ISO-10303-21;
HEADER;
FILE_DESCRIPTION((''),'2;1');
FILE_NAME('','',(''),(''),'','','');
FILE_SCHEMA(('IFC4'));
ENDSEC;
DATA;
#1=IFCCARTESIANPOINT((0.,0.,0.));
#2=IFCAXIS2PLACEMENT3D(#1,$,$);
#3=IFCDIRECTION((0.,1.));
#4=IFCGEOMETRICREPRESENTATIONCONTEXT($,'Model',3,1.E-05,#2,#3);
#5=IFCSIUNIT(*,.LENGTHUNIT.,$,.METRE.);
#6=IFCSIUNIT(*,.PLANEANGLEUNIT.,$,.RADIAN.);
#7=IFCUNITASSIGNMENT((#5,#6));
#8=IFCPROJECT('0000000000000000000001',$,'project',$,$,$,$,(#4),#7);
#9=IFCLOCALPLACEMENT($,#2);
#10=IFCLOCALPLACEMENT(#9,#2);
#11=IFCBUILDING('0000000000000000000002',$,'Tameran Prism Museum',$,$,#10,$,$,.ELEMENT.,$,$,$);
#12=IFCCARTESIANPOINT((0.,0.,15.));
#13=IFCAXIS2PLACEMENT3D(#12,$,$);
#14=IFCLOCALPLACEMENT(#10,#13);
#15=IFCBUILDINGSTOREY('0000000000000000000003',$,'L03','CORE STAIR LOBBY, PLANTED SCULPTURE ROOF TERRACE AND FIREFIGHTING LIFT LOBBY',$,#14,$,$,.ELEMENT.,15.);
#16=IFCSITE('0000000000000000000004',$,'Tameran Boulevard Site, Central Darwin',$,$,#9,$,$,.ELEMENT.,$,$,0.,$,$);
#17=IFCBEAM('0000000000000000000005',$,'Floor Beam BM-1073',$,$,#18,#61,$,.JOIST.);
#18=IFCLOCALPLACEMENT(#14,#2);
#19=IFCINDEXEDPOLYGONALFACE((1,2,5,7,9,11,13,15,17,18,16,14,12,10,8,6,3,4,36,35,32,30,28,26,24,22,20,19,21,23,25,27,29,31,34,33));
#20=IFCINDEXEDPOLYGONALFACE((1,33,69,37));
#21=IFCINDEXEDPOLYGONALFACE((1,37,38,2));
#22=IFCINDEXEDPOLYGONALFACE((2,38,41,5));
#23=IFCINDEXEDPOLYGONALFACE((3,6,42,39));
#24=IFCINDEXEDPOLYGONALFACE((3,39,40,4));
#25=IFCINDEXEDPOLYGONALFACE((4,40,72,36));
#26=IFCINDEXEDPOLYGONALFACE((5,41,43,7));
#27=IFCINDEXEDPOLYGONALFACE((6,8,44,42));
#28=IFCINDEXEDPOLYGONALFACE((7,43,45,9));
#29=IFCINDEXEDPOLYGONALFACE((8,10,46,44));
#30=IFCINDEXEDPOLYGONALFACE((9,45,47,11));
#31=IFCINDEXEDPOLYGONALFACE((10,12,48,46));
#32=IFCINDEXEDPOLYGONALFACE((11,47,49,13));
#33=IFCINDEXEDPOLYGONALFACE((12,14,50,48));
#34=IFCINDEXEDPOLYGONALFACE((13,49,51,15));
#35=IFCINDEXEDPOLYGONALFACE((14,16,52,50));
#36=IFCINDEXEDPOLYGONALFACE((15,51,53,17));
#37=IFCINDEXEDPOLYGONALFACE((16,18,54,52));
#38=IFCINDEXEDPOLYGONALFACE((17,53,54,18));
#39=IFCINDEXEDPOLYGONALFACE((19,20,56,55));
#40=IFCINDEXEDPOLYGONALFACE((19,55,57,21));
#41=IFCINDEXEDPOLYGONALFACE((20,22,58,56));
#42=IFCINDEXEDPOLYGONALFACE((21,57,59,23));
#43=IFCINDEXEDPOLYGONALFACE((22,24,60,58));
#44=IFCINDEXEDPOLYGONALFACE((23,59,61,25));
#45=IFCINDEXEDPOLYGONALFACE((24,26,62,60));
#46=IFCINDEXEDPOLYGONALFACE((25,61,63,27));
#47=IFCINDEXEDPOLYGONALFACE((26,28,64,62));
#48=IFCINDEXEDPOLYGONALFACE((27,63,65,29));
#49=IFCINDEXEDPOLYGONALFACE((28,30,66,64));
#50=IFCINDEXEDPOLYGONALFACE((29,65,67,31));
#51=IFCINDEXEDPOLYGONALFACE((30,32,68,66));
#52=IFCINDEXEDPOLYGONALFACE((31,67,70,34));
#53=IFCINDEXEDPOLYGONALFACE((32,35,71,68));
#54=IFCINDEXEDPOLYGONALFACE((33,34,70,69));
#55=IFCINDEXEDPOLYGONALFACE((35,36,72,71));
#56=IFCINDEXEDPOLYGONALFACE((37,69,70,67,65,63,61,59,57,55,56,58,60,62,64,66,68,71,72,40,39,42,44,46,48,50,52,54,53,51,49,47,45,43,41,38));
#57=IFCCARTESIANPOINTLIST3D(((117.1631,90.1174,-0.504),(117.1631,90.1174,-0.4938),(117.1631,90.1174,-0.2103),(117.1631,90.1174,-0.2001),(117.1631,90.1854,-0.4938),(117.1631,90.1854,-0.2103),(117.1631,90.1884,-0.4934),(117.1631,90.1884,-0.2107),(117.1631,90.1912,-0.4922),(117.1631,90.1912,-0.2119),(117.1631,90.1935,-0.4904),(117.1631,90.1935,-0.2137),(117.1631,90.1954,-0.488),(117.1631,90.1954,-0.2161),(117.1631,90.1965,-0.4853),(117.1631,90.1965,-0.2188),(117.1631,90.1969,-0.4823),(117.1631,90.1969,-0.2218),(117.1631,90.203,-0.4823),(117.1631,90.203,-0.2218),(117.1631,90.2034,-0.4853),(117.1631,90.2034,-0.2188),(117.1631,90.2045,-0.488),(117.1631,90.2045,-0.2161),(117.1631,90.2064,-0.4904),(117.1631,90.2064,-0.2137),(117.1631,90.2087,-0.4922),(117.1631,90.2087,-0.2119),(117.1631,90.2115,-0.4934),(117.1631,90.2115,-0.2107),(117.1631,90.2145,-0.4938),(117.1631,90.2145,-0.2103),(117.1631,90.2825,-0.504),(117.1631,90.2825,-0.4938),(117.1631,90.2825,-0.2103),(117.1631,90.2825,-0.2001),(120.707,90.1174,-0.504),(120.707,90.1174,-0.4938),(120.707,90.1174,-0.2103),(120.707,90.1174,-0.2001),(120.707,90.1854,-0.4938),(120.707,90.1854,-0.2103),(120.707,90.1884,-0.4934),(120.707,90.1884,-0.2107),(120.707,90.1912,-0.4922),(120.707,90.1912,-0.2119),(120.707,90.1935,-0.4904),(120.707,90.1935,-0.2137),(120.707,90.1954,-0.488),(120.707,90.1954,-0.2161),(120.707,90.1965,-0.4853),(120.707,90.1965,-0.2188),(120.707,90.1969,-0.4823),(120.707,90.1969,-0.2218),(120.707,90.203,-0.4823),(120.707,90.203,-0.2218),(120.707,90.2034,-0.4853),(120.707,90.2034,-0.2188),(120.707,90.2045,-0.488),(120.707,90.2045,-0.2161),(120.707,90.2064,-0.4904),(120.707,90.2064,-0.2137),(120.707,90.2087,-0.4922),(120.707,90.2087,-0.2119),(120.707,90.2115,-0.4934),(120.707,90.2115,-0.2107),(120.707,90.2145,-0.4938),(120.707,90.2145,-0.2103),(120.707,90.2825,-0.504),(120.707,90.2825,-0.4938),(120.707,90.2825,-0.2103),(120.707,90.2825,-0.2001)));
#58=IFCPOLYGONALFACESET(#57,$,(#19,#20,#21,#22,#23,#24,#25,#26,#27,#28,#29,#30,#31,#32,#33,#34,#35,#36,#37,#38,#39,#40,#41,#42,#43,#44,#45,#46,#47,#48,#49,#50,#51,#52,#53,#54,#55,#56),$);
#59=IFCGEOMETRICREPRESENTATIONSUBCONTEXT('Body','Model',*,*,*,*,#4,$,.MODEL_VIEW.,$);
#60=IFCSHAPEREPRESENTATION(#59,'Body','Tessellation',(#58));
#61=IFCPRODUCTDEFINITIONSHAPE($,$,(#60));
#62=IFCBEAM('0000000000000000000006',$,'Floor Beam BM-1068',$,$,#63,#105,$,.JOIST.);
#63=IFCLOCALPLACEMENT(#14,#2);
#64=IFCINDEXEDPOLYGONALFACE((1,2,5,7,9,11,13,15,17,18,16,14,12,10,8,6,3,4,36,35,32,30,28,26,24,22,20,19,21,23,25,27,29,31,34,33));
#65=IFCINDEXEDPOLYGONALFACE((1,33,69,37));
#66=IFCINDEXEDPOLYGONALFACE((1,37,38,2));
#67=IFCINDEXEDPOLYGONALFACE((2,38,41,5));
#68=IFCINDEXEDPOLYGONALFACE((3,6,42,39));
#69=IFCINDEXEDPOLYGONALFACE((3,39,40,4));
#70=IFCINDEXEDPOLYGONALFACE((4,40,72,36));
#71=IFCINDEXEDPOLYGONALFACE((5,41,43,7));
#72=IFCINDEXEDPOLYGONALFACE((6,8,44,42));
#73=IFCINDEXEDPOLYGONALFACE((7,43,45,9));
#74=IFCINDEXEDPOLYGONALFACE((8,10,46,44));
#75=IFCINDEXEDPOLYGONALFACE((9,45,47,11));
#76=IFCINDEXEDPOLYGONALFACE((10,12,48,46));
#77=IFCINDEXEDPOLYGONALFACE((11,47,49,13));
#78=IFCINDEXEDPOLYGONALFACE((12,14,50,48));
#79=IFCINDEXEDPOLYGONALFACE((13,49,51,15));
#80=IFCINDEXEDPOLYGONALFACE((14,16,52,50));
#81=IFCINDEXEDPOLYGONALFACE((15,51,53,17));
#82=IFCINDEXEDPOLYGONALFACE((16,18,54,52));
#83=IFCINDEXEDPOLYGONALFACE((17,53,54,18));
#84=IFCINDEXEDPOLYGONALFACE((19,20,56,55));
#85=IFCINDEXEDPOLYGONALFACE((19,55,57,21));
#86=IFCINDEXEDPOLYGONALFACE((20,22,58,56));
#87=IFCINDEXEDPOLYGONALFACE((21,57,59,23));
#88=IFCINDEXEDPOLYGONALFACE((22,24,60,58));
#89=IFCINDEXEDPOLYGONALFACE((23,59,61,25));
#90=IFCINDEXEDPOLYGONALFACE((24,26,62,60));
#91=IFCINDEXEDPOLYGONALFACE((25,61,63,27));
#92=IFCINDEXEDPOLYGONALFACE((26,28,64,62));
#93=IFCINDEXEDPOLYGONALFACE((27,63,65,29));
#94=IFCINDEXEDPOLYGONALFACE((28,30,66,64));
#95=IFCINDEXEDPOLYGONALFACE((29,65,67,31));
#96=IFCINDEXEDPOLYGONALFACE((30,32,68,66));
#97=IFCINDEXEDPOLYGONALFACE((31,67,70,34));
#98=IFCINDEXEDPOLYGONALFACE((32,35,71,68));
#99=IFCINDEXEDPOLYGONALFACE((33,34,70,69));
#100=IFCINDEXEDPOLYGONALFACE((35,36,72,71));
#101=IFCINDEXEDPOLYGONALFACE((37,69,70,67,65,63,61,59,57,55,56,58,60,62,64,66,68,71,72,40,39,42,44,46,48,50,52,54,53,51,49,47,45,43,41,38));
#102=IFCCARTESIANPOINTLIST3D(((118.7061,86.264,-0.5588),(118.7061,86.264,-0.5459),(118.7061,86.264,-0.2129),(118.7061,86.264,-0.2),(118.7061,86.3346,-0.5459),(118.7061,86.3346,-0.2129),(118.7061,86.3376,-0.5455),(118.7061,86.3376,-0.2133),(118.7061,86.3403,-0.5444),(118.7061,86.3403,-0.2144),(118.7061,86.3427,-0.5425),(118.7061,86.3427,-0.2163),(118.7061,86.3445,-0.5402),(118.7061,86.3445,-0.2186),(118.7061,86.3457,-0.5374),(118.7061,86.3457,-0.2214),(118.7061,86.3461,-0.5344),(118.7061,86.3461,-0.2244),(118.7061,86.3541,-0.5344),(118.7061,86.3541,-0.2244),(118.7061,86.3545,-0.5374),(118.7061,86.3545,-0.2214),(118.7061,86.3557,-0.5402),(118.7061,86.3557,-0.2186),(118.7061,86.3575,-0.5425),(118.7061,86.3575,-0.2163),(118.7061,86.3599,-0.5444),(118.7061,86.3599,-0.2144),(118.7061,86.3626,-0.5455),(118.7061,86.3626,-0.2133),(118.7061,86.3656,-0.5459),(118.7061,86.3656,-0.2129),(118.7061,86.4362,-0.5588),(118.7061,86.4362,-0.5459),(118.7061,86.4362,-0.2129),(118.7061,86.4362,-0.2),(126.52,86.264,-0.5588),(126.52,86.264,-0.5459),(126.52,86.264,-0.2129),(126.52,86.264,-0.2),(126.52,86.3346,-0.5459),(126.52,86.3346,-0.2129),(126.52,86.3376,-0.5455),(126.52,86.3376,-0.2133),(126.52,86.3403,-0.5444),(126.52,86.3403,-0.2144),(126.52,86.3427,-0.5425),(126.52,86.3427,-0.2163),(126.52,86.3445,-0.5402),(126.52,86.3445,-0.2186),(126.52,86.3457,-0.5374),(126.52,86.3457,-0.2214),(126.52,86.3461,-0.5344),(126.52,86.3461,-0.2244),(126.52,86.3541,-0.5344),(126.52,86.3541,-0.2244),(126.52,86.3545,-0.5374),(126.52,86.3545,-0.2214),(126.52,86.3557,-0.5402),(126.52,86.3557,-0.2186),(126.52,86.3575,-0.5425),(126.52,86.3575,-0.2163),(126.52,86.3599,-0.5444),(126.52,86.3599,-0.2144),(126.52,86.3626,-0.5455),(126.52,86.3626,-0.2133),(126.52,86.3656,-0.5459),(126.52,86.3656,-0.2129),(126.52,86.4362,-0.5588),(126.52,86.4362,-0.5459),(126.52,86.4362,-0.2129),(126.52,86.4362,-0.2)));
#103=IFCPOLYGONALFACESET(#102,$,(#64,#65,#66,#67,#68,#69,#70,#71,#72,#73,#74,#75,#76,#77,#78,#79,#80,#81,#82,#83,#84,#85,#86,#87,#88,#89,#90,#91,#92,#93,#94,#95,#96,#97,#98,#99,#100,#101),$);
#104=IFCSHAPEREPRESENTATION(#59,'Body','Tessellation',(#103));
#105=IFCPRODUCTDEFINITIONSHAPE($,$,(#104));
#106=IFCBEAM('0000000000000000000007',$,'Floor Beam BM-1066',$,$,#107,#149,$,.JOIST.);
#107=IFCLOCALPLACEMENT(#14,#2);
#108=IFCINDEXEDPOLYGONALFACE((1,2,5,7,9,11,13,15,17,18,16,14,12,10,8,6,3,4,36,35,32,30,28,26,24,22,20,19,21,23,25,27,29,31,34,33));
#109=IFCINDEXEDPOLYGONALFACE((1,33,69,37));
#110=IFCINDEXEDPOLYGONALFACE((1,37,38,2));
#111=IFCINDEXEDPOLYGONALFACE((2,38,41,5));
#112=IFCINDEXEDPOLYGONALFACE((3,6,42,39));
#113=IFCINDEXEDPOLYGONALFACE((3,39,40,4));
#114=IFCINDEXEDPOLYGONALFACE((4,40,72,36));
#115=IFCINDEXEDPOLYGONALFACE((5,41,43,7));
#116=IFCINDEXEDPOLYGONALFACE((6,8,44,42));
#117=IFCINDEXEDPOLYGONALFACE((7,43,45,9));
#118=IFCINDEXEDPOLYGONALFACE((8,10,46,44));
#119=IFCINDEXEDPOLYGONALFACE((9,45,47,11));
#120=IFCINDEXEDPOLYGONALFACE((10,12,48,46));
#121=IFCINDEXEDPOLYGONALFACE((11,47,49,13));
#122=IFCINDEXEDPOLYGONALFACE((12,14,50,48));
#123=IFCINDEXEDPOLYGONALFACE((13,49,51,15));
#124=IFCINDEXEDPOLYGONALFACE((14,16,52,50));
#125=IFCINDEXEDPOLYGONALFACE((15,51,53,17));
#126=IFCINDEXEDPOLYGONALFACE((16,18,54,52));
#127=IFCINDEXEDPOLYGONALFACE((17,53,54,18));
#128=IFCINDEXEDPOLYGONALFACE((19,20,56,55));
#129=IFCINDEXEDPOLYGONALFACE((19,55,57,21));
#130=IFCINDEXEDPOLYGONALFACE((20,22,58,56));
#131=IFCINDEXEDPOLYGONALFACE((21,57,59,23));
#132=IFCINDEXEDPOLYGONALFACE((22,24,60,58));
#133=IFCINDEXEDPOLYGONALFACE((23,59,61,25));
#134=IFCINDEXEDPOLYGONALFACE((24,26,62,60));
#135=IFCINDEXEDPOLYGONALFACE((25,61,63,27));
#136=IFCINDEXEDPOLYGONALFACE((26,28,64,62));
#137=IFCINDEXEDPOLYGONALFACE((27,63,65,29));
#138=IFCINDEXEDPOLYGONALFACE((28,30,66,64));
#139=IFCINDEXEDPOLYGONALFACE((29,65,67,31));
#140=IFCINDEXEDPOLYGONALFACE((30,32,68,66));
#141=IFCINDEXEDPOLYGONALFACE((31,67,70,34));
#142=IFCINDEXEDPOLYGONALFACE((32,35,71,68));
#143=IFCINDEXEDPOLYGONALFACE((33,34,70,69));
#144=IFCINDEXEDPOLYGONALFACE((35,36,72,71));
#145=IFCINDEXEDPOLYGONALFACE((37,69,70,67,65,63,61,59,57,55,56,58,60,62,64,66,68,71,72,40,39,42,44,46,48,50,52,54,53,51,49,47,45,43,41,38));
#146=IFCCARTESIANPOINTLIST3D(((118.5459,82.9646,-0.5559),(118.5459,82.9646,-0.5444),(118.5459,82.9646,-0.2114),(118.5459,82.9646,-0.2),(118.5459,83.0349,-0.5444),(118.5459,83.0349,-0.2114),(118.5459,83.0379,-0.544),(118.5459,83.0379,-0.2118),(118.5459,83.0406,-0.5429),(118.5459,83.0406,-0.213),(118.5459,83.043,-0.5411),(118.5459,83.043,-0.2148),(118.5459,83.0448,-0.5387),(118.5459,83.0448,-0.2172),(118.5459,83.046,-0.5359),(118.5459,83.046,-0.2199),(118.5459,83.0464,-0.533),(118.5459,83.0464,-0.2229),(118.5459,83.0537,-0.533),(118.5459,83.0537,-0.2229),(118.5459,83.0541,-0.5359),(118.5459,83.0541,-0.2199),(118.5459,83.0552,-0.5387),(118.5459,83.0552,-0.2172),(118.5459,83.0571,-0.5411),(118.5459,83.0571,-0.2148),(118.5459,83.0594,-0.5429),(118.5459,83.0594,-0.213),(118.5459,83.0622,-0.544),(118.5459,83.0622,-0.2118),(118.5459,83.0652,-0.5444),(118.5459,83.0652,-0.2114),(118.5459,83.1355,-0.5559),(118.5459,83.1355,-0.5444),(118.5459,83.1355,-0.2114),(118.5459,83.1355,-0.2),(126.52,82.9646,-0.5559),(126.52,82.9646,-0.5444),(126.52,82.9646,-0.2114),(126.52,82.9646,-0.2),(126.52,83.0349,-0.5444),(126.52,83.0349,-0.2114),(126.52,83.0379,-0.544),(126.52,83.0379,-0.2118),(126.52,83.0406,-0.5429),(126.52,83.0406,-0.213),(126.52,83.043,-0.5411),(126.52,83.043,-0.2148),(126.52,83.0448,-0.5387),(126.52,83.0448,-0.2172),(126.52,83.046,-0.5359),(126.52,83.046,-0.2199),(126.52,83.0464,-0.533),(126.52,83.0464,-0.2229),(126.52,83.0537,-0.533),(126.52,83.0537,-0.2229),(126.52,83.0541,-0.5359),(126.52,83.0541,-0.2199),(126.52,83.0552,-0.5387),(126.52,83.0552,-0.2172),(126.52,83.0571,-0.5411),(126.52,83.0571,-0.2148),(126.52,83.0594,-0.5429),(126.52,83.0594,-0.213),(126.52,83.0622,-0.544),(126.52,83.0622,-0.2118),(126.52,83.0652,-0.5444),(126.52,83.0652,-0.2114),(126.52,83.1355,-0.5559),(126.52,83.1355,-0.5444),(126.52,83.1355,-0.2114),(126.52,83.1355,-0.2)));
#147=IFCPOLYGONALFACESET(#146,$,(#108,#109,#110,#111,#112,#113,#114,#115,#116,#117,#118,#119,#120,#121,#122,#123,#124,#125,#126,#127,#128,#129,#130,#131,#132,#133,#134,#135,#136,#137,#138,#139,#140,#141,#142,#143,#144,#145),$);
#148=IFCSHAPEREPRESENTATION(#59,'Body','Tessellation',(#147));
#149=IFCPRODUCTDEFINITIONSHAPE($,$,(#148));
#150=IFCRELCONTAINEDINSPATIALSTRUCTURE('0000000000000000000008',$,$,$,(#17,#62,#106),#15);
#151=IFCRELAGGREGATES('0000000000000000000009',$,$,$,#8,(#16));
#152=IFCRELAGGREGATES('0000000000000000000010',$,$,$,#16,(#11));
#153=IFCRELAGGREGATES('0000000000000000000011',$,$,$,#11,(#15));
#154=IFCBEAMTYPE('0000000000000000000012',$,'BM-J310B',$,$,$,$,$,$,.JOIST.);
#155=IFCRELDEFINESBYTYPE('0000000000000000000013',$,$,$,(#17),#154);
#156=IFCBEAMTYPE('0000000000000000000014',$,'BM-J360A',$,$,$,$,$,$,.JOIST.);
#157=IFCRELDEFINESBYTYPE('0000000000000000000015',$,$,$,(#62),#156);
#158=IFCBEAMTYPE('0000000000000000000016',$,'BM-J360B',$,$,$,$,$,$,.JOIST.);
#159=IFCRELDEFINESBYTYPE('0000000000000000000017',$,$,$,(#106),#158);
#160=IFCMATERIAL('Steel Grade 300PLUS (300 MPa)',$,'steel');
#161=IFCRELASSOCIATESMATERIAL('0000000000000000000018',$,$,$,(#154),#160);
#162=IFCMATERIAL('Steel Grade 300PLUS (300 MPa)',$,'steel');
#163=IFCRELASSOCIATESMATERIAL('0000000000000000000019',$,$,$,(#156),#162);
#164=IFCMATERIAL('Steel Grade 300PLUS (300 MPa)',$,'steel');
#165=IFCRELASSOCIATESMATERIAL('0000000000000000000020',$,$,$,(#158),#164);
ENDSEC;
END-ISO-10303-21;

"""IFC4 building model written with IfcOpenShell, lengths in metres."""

from ifc_helpers import new_model, si_unit, direction, frame, origin, origin_2d, place, context, subcontext, project, spatial, i_section, extrude, material, material_profile, profile_set, type_object, element, save


model = new_model("IFC4")

# Units and contexts
model_context = context("Model", 3, precision=1e-05, world=origin(), true_north=direction((0.0, 1.0)))
body_context = subcontext(model_context, "Body", "Model", "MODEL_VIEW")
ifc_project = project(units=[si_unit("LENGTHUNIT", "METRE"), si_unit("PLANEANGLEUNIT", "RADIAN")], contexts=[model_context])

# Site, building, storey
site_placement = place(None, origin())
site = spatial("IfcSite", under=ifc_project, at=site_placement, Name="Tameran Boulevard Site, Central Darwin", CompositionType="ELEMENT", RefElevation=0.0)
building_placement = place(site_placement, origin())
building = spatial("IfcBuilding", under=site, at=building_placement, Name="Tameran Prism Museum", CompositionType="ELEMENT")
storey_placement = place(building_placement, frame((0.0, 0.0, 15.0)))
storey = spatial("IfcBuildingStorey", under=building, at=storey_placement, Name="L03", Description="CORE STAIR LOBBY, PLANTED SCULPTURE ROOF TERRACE AND FIREFIGHTING LIFT LOBBY", CompositionType="ELEMENT", Elevation=15.0)

# Beams
ifc_material_1 = material(Name="Steel Grade 300PLUS (300 MPa)", Category="steel")
ifc_material_profile_1 = material_profile(ifc_material_1, i_section(OverallWidth=0.165, OverallDepth=0.304, WebThickness=0.0061, FlangeThickness=0.0103, FilletRadius=0.0115, at=origin_2d()))
ifc_profile_set_1 = profile_set([ifc_material_profile_1])
beam_type_1 = type_object("IfcBeamType", Name="BM-J310B", PredefinedType="JOIST", material=ifc_profile_set_1)
beam_1_placement = place(storey_placement, frame((117.1631, 90.2, -0.3521), z_axis=(1.0, 0.0, 0.0), x_axis=(0.0, 1.0, 0.0)))
element("IfcBeam", 1, at=beam_1_placement, inside=storey, type_object=beam_type_1, Name="Floor Beam BM-1073", PredefinedType="JOIST", context=body_context, shape_type="SweptSolid", body=[
    extrude(i_section(OverallWidth=0.165, OverallDepth=0.304, WebThickness=0.0061, FlangeThickness=0.0103, FilletRadius=0.0115, at=origin_2d()), origin(), (0.0, 0.0, 1.0), 3.5439),
])
ifc_material_2 = material(Name="Steel Grade 300PLUS (300 MPa)", Category="steel")
ifc_material_profile_2 = material_profile(ifc_material_2, i_section(OverallWidth=0.1721, OverallDepth=0.3589, WebThickness=0.0081, FlangeThickness=0.0129, FilletRadius=0.0115, at=origin_2d()))
ifc_profile_set_2 = profile_set([ifc_material_profile_2])
beam_type_2 = type_object("IfcBeamType", Name="BM-J360A", PredefinedType="JOIST", material=ifc_profile_set_2)
beam_2_placement = place(storey_placement, frame((118.7061, 86.3501, -0.3794), z_axis=(1.0, 0.0, 0.0), x_axis=(0.0, 1.0, 0.0)))
element("IfcBeam", 2, at=beam_2_placement, inside=storey, type_object=beam_type_2, Name="Floor Beam BM-1068", PredefinedType="JOIST", context=body_context, shape_type="SweptSolid", body=[
    extrude(i_section(OverallWidth=0.1721, OverallDepth=0.3589, WebThickness=0.0081, FlangeThickness=0.0129, FilletRadius=0.0115, at=origin_2d()), origin(), (0.0, 0.0, 1.0), 7.814),
])
ifc_material_3 = material(Name="Steel Grade 300PLUS (300 MPa)", Category="steel")
ifc_material_profile_3 = material_profile(ifc_material_3, i_section(OverallWidth=0.1709, OverallDepth=0.356, WebThickness=0.0073, FlangeThickness=0.0115, FilletRadius=0.0115, at=origin_2d()))
ifc_profile_set_3 = profile_set([ifc_material_profile_3])
beam_type_3 = type_object("IfcBeamType", Name="BM-J360B", PredefinedType="JOIST", material=ifc_profile_set_3)
beam_3_placement = place(storey_placement, frame((118.5459, 83.05, -0.3779), z_axis=(1.0, 0.0, 0.0), x_axis=(0.0, 1.0, 0.0)))
element("IfcBeam", 3, at=beam_3_placement, inside=storey, type_object=beam_type_3, Name="Floor Beam BM-1066", PredefinedType="JOIST", context=body_context, shape_type="SweptSolid", body=[
    extrude(i_section(OverallWidth=0.1709, OverallDepth=0.356, WebThickness=0.0073, FlangeThickness=0.0115, FilletRadius=0.0115, at=origin_2d()), origin(), (0.0, 0.0, 1.0), 7.9741),
])

save(model, "model.ifc")
